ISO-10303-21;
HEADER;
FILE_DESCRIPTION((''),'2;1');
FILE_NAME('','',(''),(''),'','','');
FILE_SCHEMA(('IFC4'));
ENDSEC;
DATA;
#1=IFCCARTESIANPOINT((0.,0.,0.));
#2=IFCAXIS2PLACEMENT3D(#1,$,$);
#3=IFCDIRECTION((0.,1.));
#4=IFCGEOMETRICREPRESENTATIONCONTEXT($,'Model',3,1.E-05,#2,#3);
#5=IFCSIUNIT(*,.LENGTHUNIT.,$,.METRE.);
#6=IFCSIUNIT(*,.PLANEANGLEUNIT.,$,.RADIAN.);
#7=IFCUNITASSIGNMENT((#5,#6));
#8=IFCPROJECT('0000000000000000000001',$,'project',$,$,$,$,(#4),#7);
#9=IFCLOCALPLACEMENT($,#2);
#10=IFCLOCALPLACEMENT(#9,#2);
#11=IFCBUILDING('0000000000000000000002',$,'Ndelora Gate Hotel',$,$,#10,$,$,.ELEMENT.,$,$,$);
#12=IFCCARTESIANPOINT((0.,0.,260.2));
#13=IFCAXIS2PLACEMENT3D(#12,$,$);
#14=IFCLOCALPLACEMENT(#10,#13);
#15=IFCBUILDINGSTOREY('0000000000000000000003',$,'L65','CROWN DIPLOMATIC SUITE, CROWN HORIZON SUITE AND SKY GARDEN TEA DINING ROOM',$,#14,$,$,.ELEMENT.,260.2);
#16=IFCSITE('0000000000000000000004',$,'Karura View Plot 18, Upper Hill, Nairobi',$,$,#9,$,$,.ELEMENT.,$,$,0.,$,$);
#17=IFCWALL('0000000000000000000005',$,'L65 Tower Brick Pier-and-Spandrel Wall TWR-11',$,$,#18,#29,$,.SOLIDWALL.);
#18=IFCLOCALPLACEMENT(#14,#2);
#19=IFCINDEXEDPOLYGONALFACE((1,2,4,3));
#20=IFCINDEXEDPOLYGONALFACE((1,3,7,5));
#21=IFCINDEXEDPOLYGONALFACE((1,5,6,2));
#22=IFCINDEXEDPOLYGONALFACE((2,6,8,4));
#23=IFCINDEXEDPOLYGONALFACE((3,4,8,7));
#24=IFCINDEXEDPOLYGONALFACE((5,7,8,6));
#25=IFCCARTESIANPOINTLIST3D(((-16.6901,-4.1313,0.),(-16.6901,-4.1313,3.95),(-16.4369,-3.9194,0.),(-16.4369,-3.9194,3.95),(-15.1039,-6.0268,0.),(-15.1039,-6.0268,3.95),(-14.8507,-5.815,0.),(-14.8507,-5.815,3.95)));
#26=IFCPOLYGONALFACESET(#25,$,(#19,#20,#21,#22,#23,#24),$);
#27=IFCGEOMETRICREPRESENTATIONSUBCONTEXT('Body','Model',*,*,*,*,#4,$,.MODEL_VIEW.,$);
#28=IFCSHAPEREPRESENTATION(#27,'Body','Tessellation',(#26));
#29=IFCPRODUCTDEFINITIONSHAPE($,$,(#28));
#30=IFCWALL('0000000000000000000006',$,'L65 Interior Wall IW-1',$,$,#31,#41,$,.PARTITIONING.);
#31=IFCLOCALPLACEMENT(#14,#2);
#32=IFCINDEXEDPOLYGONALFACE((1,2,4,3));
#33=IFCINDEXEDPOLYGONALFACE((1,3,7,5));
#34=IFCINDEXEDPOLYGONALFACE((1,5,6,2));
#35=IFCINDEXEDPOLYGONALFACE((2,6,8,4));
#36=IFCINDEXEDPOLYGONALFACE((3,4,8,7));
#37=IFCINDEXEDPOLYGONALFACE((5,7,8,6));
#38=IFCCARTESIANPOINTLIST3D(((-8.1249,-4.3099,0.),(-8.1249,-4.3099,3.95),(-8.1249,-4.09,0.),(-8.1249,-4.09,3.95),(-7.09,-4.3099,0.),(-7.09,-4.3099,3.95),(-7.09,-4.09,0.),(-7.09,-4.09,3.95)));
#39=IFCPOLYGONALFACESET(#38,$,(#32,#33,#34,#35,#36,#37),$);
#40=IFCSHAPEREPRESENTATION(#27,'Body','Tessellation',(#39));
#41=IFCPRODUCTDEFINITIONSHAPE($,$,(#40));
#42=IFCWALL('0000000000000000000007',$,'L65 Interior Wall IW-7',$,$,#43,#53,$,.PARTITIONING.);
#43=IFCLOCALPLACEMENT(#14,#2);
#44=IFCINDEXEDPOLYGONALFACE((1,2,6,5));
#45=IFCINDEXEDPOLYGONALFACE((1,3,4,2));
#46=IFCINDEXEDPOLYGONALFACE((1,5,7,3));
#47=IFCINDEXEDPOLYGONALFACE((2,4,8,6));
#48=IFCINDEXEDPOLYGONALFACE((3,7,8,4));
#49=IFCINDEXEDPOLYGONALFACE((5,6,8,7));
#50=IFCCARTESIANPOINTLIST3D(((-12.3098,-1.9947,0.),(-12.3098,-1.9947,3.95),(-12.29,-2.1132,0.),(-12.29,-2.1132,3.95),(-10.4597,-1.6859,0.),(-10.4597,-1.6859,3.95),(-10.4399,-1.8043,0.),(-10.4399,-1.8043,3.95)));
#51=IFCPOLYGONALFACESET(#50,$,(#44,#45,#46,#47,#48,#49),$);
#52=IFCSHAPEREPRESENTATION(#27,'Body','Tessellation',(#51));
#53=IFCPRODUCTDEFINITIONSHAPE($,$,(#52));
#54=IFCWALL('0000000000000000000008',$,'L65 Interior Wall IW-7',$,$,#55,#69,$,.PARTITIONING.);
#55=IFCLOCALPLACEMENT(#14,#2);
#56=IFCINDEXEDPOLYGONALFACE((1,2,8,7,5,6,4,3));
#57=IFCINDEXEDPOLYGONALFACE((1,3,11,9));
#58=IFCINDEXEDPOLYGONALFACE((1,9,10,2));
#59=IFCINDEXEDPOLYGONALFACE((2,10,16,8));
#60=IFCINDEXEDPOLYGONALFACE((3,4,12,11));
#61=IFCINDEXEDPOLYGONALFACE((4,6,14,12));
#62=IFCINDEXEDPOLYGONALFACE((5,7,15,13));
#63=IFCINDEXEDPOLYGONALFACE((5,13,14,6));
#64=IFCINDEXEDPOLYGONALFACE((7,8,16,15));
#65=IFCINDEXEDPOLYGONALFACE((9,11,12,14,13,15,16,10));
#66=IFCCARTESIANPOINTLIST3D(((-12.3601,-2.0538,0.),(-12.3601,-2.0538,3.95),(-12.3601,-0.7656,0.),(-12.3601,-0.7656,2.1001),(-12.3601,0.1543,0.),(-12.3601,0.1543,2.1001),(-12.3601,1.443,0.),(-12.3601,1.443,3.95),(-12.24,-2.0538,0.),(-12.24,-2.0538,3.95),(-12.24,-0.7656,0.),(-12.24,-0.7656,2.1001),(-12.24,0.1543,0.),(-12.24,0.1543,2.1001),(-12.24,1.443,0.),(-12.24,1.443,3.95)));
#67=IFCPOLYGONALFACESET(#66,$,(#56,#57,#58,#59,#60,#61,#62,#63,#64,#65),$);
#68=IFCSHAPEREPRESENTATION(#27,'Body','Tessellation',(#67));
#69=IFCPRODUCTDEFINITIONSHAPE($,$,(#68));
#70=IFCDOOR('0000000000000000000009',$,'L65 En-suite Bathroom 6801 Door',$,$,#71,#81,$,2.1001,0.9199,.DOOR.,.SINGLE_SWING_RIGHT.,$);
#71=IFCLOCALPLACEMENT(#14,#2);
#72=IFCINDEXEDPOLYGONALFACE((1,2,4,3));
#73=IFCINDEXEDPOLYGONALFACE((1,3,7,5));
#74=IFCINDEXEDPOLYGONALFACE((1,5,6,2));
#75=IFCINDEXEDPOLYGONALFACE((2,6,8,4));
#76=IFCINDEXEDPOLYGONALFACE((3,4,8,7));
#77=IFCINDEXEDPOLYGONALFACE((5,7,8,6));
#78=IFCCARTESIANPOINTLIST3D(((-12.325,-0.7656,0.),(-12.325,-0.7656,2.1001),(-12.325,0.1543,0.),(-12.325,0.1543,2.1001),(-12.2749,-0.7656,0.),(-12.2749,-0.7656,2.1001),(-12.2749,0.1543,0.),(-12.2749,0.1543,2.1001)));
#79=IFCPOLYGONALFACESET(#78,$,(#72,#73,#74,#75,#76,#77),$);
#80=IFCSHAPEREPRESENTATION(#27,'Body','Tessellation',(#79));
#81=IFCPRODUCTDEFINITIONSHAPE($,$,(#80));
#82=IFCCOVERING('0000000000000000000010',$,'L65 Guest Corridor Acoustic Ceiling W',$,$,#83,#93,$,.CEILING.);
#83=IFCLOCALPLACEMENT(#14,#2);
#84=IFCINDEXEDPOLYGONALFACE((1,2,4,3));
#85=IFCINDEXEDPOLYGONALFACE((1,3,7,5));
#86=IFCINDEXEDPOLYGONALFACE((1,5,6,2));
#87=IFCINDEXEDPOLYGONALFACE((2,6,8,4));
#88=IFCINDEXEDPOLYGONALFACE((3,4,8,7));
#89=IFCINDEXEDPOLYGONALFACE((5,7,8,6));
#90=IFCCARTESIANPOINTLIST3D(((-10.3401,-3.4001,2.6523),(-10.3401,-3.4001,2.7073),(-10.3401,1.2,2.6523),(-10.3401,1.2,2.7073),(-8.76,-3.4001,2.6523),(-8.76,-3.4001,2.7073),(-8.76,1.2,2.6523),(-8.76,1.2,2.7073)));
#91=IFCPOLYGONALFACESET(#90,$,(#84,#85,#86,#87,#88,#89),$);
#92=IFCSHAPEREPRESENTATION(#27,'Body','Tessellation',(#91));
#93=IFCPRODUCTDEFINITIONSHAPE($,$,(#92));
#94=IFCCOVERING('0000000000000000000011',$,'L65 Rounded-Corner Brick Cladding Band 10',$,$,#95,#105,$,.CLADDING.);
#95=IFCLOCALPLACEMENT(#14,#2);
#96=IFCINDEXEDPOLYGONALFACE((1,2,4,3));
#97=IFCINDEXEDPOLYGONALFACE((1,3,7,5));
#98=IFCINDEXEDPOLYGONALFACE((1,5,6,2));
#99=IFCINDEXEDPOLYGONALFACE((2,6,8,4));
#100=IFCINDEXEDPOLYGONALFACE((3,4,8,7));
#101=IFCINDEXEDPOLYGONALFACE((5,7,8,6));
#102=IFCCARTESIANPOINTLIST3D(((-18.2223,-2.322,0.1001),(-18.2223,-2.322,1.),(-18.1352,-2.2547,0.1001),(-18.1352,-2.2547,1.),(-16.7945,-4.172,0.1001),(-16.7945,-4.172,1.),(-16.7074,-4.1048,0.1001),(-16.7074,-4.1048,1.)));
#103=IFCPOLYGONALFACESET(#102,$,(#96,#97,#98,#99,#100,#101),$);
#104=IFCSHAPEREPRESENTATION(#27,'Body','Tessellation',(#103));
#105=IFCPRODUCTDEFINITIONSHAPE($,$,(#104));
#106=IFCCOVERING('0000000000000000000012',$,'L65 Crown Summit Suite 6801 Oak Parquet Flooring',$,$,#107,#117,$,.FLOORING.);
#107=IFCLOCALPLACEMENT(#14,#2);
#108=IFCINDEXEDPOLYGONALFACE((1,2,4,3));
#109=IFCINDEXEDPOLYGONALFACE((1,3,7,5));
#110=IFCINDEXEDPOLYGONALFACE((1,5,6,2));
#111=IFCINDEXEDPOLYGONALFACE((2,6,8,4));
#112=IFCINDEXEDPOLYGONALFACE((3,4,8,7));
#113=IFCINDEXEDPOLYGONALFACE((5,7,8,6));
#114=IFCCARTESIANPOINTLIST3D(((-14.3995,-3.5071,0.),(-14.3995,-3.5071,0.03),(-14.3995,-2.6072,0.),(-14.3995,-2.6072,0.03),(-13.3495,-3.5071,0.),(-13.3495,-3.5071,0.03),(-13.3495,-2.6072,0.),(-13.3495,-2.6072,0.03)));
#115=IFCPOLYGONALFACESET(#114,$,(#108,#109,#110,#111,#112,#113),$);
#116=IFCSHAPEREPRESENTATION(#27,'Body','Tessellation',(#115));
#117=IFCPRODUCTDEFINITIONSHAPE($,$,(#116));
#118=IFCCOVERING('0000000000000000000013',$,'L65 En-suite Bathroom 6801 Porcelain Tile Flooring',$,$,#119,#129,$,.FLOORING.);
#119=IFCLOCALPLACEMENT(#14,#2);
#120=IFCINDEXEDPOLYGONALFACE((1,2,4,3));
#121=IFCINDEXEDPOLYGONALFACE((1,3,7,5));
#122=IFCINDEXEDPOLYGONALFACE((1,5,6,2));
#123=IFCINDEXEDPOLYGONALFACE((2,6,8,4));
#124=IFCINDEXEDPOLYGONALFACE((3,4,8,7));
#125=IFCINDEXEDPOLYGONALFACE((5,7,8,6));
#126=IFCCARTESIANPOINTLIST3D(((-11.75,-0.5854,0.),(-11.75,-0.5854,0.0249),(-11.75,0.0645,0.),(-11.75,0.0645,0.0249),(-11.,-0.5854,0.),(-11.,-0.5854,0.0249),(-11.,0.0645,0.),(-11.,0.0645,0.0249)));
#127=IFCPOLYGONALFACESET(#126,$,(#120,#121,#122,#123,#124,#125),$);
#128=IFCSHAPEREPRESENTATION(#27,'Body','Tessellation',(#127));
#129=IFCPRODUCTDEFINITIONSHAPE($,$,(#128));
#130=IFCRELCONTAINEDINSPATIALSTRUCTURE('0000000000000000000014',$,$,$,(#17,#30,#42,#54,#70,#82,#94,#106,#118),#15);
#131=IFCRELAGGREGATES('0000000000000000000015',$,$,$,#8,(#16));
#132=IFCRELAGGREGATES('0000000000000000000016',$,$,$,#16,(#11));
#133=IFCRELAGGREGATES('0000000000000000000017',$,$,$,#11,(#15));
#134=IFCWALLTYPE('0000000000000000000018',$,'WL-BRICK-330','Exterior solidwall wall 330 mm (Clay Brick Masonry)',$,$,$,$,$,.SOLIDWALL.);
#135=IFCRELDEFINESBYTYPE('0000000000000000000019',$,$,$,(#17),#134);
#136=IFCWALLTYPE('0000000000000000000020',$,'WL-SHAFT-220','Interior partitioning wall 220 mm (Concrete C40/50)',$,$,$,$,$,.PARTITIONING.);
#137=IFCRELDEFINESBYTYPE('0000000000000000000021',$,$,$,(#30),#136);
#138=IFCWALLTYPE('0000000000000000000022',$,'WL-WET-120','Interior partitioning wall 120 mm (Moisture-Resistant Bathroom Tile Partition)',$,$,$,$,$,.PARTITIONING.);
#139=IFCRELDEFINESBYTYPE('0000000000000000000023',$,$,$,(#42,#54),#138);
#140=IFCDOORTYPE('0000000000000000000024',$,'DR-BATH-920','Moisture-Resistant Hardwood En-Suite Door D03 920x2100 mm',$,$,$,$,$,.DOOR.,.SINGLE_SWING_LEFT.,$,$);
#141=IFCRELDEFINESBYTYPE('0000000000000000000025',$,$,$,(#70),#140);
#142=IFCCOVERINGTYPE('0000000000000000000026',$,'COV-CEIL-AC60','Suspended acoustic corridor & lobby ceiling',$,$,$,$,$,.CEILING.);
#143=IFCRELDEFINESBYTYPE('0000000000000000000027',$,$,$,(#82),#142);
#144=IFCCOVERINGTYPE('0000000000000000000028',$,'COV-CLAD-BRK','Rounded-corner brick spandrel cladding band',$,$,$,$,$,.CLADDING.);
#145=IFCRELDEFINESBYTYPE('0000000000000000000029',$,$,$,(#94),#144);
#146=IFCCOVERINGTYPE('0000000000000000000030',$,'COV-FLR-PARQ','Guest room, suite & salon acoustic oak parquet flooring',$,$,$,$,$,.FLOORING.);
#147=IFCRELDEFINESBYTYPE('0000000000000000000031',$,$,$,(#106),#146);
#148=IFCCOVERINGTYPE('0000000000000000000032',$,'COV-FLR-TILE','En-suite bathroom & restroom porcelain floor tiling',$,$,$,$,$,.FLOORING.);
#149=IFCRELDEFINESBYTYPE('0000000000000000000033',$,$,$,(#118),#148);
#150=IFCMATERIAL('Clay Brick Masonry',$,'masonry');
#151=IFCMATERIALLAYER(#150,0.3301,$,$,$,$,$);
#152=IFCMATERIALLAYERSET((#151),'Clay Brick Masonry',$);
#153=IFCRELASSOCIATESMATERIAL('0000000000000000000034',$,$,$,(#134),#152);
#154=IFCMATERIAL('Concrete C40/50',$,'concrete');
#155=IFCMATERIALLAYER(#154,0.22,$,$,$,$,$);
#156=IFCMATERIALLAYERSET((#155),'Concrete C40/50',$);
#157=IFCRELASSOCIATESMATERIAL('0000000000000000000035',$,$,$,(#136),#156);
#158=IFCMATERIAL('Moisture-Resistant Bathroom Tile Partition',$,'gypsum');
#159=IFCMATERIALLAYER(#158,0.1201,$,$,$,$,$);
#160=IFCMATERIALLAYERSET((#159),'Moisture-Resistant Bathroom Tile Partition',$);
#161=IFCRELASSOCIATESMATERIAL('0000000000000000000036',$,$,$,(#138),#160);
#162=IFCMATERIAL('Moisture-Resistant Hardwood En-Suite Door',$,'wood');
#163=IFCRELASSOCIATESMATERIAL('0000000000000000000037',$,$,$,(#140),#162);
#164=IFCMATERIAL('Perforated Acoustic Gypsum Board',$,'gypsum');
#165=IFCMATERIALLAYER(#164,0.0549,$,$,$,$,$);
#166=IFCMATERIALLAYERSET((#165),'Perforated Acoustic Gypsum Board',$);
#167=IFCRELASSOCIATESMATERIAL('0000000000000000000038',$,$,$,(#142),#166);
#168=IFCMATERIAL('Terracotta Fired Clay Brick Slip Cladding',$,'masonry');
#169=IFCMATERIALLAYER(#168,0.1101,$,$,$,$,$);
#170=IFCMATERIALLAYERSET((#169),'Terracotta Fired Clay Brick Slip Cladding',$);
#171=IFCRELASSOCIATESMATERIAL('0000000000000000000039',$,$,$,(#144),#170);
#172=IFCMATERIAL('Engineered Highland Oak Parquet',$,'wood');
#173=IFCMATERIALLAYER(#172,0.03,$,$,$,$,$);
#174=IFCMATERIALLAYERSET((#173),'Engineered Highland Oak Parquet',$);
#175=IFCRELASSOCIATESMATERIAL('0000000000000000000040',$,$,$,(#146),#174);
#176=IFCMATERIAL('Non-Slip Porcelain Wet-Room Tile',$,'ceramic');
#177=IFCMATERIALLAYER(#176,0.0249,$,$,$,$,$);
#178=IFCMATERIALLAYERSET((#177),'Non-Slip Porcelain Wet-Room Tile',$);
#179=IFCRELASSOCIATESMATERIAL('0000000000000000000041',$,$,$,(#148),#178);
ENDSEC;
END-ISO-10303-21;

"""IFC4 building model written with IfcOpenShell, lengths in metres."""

from ifc_helpers import new_model, si_unit, direction, frame, frame_2d, origin, origin_2d, place, context, subcontext, project, spatial, rectangle, extrude, material, layer, layer_set, type_object, element, fill, save


model = new_model("IFC4")

# Units and contexts
model_context = context("Model", 3, precision=1e-05, world=origin(), true_north=direction((0.0, 1.0)))
body_context = subcontext(model_context, "Body", "Model", "MODEL_VIEW")
ifc_project = project(units=[si_unit("LENGTHUNIT", "METRE"), si_unit("PLANEANGLEUNIT", "RADIAN")], contexts=[model_context])

# Site, building, storey
site_placement = place(None, origin())
site = spatial("IfcSite", under=ifc_project, at=site_placement, Name="Karura View Plot 18, Upper Hill, Nairobi", CompositionType="ELEMENT", RefElevation=0.0)
building_placement = place(site_placement, origin())
building = spatial("IfcBuilding", under=site, at=building_placement, Name="Ndelora Gate Hotel", CompositionType="ELEMENT")
storey_placement = place(building_placement, frame((0.0, 0.0, 260.2)))
storey = spatial("IfcBuildingStorey", under=building, at=storey_placement, Name="L65", Description="CROWN DIPLOMATIC SUITE, CROWN HORIZON SUITE AND SKY GARDEN TEA DINING ROOM", CompositionType="ELEMENT", Elevation=260.2)

# Shared definitions
ifc_material_1 = material(Name="Clay Brick Masonry", Category="masonry")
ifc_layer_1 = layer(ifc_material_1, 0.3301)
ifc_layer_set_1 = layer_set([ifc_layer_1], Name="Clay Brick Masonry")
wall_type_1 = type_object("IfcWallType", Name="WL-BRICK-330", Description="Exterior solidwall wall 330 mm (Clay Brick Masonry)", PredefinedType="SOLIDWALL", material=ifc_layer_set_1)

# Walls
wall_1_placement = place(storey_placement, frame((-14.9773, -5.9209, 0.0), z_axis=(0.0, 0.0, 1.0), x_axis=(-0.641757, 0.766908, 0.0)))
element("IfcWall", 1, at=wall_1_placement, inside=storey, type_object=wall_type_1, Name="L65 Tower Brick Pier-and-Spandrel Wall TWR-11", PredefinedType="SOLIDWALL", context=body_context, shape_type="SweptSolid", body=[
    extrude(rectangle(XDim=2.4717, YDim=0.3301, at=frame_2d((1.2358, 0.0))), origin(), (0.0, 0.0, 1.0), 3.95),
])
ifc_material_2 = material(Name="Concrete C40/50", Category="concrete")
ifc_layer_2 = layer(ifc_material_2, 0.22)
ifc_layer_set_2 = layer_set([ifc_layer_2], Name="Concrete C40/50")
wall_type_2 = type_object("IfcWallType", Name="WL-SHAFT-220", Description="Interior partitioning wall 220 mm (Concrete C40/50)", PredefinedType="PARTITIONING", material=ifc_layer_set_2)
wall_2_placement = place(storey_placement, frame((-8.125, -4.2, 0.0), z_axis=(0.0, 0.0, 1.0), x_axis=(1.0, 0.0, 0.0)))
element("IfcWall", 2, at=wall_2_placement, inside=storey, type_object=wall_type_2, Name="L65 Interior Wall IW-1", PredefinedType="PARTITIONING", context=body_context, shape_type="SweptSolid", body=[
    extrude(rectangle(XDim=1.0349, YDim=0.22, at=frame_2d((0.5176, 0.0))), origin(), (0.0, 0.0, 1.0), 3.95),
])
ifc_material_3 = material(Name="Moisture-Resistant Bathroom Tile Partition", Category="gypsum")
ifc_layer_3 = layer(ifc_material_3, 0.1201)
ifc_layer_set_3 = layer_set([ifc_layer_3], Name="Moisture-Resistant Bathroom Tile Partition")
wall_type_3 = type_object("IfcWallType", Name="WL-WET-120", Description="Interior partitioning wall 120 mm (Moisture-Resistant Bathroom Tile Partition)", PredefinedType="PARTITIONING", material=ifc_layer_set_3)
wall_3_placement = place(storey_placement, frame((-12.3, -2.054, 0.0), z_axis=(0.0, 0.0, 1.0), x_axis=(0.986352, 0.164652, 0.0)))
element("IfcWall", 3, at=wall_3_placement, inside=storey, type_object=wall_type_3, Name="L65 Interior Wall IW-7", PredefinedType="PARTITIONING", context=body_context, shape_type="SweptSolid", body=[
    extrude(rectangle(XDim=1.8757, YDim=0.1201, at=frame_2d((0.938, 0.0))), origin(), (0.0, 0.0, 1.0), 3.95),
])

# Wall, opening, door
wall_4_placement = place(storey_placement, frame((-12.3, -2.054, 0.0), z_axis=(0.0, 0.0, 1.0), x_axis=(0.0, 1.0, 0.0)))
wall_4 = element("IfcWall", 4, at=wall_4_placement, inside=storey, type_object=wall_type_3, Name="L65 Interior Wall IW-7", PredefinedType="PARTITIONING", context=body_context, shape_type="SweptSolid", body=[
    extrude(rectangle(XDim=3.4968, YDim=0.1201, at=frame_2d((1.7485, 0.0))), origin(), (0.0, 0.0, 1.0), 3.95),
])
opening_1_placement = place(wall_4_placement, frame((1.2883, 0.0, 0.0)))
opening_1 = element("IfcOpeningElement", 5, at=opening_1_placement, cuts=wall_4, PredefinedType="OPENING", context=body_context, shape_type="SweptSolid", body=[
    extrude(rectangle(XDim=0.9199, YDim=2.1001, at=frame_2d((0.46, 1.05))), frame((0.0, 0.0701, 0.0), z_axis=(0.0, -1.0, 0.0), x_axis=(1.0, 0.0, 0.0)), (0.0, 0.0, 1.0), 0.1401),
])
ifc_material_4 = material(Name="Moisture-Resistant Hardwood En-Suite Door", Category="wood")
door_type = type_object("IfcDoorType", Name="DR-BATH-920", Description="Moisture-Resistant Hardwood En-Suite Door D03 920x2100 mm", OperationType="SINGLE_SWING_LEFT", PredefinedType="DOOR", material=ifc_material_4)
door_placement = place(opening_1_placement, origin())
door = element("IfcDoor", 6, at=door_placement, inside=storey, type_object=door_type, Name="L65 En-suite Bathroom 6801 Door", OperationType="SINGLE_SWING_RIGHT", OverallHeight=2.1001, OverallWidth=0.9199, PredefinedType="DOOR", context=body_context, shape_type="SweptSolid", body=[
    extrude(rectangle(XDim=0.9199, YDim=2.1001, at=frame_2d((0.46, 1.05))), frame((0.0, 0.0249, 0.0), z_axis=(0.0, -1.0, 0.0), x_axis=(1.0, 0.0, 0.0)), (0.0, 0.0, 1.0), 0.05),
])
fill(opening_1, door)

# Coverings
ifc_material_5 = material(Name="Perforated Acoustic Gypsum Board", Category="gypsum")
ifc_layer_4 = layer(ifc_material_5, 0.0549)
ifc_layer_set_4 = layer_set([ifc_layer_4], Name="Perforated Acoustic Gypsum Board")
covering_type_1 = type_object("IfcCoveringType", Name="COV-CEIL-AC60", Description="Suspended acoustic corridor & lobby ceiling", PredefinedType="CEILING", material=ifc_layer_set_4)
covering_1_placement = place(storey_placement, frame((-9.55, -1.1001, 2.6523), z_axis=(0.0, 0.0, 1.0), x_axis=(1.0, 0.0, 0.0)))
element("IfcCovering", 7, at=covering_1_placement, inside=storey, type_object=covering_type_1, Name="L65 Guest Corridor Acoustic Ceiling W", PredefinedType="CEILING", context=body_context, shape_type="SweptSolid", body=[
    extrude(rectangle(XDim=1.5801, YDim=4.6001, at=origin_2d()), origin(), (0.0, 0.0, 1.0), 0.0549),
])
ifc_material_6 = material(Name="Terracotta Fired Clay Brick Slip Cladding", Category="masonry")
ifc_layer_5 = layer(ifc_material_6, 0.1101)
ifc_layer_set_5 = layer_set([ifc_layer_5], Name="Terracotta Fired Clay Brick Slip Cladding")
covering_type_2 = type_object("IfcCoveringType", Name="COV-CLAD-BRK", Description="Rounded-corner brick spandrel cladding band", PredefinedType="CLADDING", material=ifc_layer_set_5)
covering_2_placement = place(storey_placement, frame((-17.4648, -3.2134, 0.1001), z_axis=(0.0, 0.0, 1.0), x_axis=(-0.610975, 0.79165, 0.0)))
element("IfcCovering", 8, at=covering_2_placement, inside=storey, type_object=covering_type_2, Name="L65 Rounded-Corner Brick Cladding Band 10", PredefinedType="CLADDING", context=body_context, shape_type="SweptSolid", body=[
    extrude(rectangle(XDim=2.3369, YDim=0.1101, at=origin_2d()), origin(), (0.0, 0.0, 1.0), 0.8999),
])
ifc_material_7 = material(Name="Engineered Highland Oak Parquet", Category="wood")
ifc_layer_6 = layer(ifc_material_7, 0.03)
ifc_layer_set_6 = layer_set([ifc_layer_6], Name="Engineered Highland Oak Parquet")
covering_type_3 = type_object("IfcCoveringType", Name="COV-FLR-PARQ", Description="Guest room, suite & salon acoustic oak parquet flooring", PredefinedType="FLOORING", material=ifc_layer_set_6)
covering_3_placement = place(storey_placement, frame((-13.8745, -3.0571, 0.0), z_axis=(0.0, 0.0, 1.0), x_axis=(1.0, 0.0, 0.0)))
element("IfcCovering", 9, at=covering_3_placement, inside=storey, type_object=covering_type_3, Name="L65 Crown Summit Suite 6801 Oak Parquet Flooring", PredefinedType="FLOORING", context=body_context, shape_type="SweptSolid", body=[
    extrude(rectangle(XDim=1.05, YDim=0.8999, at=origin_2d()), origin(), (0.0, 0.0, 1.0), 0.03),
])
ifc_material_8 = material(Name="Non-Slip Porcelain Wet-Room Tile", Category="ceramic")
ifc_layer_7 = layer(ifc_material_8, 0.0249)
ifc_layer_set_7 = layer_set([ifc_layer_7], Name="Non-Slip Porcelain Wet-Room Tile")
covering_type_4 = type_object("IfcCoveringType", Name="COV-FLR-TILE", Description="En-suite bathroom & restroom porcelain floor tiling", PredefinedType="FLOORING", material=ifc_layer_set_7)
covering_4_placement = place(storey_placement, frame((-11.375, -0.2605, 0.0), z_axis=(0.0, 0.0, 1.0), x_axis=(1.0, 0.0, 0.0)))
element("IfcCovering", 10, at=covering_4_placement, inside=storey, type_object=covering_type_4, Name="L65 En-suite Bathroom 6801 Porcelain Tile Flooring", PredefinedType="FLOORING", context=body_context, shape_type="SweptSolid", body=[
    extrude(rectangle(XDim=0.75, YDim=0.6499, at=origin_2d()), origin(), (0.0, 0.0, 1.0), 0.0249),
])

save(model, "model.ifc")
